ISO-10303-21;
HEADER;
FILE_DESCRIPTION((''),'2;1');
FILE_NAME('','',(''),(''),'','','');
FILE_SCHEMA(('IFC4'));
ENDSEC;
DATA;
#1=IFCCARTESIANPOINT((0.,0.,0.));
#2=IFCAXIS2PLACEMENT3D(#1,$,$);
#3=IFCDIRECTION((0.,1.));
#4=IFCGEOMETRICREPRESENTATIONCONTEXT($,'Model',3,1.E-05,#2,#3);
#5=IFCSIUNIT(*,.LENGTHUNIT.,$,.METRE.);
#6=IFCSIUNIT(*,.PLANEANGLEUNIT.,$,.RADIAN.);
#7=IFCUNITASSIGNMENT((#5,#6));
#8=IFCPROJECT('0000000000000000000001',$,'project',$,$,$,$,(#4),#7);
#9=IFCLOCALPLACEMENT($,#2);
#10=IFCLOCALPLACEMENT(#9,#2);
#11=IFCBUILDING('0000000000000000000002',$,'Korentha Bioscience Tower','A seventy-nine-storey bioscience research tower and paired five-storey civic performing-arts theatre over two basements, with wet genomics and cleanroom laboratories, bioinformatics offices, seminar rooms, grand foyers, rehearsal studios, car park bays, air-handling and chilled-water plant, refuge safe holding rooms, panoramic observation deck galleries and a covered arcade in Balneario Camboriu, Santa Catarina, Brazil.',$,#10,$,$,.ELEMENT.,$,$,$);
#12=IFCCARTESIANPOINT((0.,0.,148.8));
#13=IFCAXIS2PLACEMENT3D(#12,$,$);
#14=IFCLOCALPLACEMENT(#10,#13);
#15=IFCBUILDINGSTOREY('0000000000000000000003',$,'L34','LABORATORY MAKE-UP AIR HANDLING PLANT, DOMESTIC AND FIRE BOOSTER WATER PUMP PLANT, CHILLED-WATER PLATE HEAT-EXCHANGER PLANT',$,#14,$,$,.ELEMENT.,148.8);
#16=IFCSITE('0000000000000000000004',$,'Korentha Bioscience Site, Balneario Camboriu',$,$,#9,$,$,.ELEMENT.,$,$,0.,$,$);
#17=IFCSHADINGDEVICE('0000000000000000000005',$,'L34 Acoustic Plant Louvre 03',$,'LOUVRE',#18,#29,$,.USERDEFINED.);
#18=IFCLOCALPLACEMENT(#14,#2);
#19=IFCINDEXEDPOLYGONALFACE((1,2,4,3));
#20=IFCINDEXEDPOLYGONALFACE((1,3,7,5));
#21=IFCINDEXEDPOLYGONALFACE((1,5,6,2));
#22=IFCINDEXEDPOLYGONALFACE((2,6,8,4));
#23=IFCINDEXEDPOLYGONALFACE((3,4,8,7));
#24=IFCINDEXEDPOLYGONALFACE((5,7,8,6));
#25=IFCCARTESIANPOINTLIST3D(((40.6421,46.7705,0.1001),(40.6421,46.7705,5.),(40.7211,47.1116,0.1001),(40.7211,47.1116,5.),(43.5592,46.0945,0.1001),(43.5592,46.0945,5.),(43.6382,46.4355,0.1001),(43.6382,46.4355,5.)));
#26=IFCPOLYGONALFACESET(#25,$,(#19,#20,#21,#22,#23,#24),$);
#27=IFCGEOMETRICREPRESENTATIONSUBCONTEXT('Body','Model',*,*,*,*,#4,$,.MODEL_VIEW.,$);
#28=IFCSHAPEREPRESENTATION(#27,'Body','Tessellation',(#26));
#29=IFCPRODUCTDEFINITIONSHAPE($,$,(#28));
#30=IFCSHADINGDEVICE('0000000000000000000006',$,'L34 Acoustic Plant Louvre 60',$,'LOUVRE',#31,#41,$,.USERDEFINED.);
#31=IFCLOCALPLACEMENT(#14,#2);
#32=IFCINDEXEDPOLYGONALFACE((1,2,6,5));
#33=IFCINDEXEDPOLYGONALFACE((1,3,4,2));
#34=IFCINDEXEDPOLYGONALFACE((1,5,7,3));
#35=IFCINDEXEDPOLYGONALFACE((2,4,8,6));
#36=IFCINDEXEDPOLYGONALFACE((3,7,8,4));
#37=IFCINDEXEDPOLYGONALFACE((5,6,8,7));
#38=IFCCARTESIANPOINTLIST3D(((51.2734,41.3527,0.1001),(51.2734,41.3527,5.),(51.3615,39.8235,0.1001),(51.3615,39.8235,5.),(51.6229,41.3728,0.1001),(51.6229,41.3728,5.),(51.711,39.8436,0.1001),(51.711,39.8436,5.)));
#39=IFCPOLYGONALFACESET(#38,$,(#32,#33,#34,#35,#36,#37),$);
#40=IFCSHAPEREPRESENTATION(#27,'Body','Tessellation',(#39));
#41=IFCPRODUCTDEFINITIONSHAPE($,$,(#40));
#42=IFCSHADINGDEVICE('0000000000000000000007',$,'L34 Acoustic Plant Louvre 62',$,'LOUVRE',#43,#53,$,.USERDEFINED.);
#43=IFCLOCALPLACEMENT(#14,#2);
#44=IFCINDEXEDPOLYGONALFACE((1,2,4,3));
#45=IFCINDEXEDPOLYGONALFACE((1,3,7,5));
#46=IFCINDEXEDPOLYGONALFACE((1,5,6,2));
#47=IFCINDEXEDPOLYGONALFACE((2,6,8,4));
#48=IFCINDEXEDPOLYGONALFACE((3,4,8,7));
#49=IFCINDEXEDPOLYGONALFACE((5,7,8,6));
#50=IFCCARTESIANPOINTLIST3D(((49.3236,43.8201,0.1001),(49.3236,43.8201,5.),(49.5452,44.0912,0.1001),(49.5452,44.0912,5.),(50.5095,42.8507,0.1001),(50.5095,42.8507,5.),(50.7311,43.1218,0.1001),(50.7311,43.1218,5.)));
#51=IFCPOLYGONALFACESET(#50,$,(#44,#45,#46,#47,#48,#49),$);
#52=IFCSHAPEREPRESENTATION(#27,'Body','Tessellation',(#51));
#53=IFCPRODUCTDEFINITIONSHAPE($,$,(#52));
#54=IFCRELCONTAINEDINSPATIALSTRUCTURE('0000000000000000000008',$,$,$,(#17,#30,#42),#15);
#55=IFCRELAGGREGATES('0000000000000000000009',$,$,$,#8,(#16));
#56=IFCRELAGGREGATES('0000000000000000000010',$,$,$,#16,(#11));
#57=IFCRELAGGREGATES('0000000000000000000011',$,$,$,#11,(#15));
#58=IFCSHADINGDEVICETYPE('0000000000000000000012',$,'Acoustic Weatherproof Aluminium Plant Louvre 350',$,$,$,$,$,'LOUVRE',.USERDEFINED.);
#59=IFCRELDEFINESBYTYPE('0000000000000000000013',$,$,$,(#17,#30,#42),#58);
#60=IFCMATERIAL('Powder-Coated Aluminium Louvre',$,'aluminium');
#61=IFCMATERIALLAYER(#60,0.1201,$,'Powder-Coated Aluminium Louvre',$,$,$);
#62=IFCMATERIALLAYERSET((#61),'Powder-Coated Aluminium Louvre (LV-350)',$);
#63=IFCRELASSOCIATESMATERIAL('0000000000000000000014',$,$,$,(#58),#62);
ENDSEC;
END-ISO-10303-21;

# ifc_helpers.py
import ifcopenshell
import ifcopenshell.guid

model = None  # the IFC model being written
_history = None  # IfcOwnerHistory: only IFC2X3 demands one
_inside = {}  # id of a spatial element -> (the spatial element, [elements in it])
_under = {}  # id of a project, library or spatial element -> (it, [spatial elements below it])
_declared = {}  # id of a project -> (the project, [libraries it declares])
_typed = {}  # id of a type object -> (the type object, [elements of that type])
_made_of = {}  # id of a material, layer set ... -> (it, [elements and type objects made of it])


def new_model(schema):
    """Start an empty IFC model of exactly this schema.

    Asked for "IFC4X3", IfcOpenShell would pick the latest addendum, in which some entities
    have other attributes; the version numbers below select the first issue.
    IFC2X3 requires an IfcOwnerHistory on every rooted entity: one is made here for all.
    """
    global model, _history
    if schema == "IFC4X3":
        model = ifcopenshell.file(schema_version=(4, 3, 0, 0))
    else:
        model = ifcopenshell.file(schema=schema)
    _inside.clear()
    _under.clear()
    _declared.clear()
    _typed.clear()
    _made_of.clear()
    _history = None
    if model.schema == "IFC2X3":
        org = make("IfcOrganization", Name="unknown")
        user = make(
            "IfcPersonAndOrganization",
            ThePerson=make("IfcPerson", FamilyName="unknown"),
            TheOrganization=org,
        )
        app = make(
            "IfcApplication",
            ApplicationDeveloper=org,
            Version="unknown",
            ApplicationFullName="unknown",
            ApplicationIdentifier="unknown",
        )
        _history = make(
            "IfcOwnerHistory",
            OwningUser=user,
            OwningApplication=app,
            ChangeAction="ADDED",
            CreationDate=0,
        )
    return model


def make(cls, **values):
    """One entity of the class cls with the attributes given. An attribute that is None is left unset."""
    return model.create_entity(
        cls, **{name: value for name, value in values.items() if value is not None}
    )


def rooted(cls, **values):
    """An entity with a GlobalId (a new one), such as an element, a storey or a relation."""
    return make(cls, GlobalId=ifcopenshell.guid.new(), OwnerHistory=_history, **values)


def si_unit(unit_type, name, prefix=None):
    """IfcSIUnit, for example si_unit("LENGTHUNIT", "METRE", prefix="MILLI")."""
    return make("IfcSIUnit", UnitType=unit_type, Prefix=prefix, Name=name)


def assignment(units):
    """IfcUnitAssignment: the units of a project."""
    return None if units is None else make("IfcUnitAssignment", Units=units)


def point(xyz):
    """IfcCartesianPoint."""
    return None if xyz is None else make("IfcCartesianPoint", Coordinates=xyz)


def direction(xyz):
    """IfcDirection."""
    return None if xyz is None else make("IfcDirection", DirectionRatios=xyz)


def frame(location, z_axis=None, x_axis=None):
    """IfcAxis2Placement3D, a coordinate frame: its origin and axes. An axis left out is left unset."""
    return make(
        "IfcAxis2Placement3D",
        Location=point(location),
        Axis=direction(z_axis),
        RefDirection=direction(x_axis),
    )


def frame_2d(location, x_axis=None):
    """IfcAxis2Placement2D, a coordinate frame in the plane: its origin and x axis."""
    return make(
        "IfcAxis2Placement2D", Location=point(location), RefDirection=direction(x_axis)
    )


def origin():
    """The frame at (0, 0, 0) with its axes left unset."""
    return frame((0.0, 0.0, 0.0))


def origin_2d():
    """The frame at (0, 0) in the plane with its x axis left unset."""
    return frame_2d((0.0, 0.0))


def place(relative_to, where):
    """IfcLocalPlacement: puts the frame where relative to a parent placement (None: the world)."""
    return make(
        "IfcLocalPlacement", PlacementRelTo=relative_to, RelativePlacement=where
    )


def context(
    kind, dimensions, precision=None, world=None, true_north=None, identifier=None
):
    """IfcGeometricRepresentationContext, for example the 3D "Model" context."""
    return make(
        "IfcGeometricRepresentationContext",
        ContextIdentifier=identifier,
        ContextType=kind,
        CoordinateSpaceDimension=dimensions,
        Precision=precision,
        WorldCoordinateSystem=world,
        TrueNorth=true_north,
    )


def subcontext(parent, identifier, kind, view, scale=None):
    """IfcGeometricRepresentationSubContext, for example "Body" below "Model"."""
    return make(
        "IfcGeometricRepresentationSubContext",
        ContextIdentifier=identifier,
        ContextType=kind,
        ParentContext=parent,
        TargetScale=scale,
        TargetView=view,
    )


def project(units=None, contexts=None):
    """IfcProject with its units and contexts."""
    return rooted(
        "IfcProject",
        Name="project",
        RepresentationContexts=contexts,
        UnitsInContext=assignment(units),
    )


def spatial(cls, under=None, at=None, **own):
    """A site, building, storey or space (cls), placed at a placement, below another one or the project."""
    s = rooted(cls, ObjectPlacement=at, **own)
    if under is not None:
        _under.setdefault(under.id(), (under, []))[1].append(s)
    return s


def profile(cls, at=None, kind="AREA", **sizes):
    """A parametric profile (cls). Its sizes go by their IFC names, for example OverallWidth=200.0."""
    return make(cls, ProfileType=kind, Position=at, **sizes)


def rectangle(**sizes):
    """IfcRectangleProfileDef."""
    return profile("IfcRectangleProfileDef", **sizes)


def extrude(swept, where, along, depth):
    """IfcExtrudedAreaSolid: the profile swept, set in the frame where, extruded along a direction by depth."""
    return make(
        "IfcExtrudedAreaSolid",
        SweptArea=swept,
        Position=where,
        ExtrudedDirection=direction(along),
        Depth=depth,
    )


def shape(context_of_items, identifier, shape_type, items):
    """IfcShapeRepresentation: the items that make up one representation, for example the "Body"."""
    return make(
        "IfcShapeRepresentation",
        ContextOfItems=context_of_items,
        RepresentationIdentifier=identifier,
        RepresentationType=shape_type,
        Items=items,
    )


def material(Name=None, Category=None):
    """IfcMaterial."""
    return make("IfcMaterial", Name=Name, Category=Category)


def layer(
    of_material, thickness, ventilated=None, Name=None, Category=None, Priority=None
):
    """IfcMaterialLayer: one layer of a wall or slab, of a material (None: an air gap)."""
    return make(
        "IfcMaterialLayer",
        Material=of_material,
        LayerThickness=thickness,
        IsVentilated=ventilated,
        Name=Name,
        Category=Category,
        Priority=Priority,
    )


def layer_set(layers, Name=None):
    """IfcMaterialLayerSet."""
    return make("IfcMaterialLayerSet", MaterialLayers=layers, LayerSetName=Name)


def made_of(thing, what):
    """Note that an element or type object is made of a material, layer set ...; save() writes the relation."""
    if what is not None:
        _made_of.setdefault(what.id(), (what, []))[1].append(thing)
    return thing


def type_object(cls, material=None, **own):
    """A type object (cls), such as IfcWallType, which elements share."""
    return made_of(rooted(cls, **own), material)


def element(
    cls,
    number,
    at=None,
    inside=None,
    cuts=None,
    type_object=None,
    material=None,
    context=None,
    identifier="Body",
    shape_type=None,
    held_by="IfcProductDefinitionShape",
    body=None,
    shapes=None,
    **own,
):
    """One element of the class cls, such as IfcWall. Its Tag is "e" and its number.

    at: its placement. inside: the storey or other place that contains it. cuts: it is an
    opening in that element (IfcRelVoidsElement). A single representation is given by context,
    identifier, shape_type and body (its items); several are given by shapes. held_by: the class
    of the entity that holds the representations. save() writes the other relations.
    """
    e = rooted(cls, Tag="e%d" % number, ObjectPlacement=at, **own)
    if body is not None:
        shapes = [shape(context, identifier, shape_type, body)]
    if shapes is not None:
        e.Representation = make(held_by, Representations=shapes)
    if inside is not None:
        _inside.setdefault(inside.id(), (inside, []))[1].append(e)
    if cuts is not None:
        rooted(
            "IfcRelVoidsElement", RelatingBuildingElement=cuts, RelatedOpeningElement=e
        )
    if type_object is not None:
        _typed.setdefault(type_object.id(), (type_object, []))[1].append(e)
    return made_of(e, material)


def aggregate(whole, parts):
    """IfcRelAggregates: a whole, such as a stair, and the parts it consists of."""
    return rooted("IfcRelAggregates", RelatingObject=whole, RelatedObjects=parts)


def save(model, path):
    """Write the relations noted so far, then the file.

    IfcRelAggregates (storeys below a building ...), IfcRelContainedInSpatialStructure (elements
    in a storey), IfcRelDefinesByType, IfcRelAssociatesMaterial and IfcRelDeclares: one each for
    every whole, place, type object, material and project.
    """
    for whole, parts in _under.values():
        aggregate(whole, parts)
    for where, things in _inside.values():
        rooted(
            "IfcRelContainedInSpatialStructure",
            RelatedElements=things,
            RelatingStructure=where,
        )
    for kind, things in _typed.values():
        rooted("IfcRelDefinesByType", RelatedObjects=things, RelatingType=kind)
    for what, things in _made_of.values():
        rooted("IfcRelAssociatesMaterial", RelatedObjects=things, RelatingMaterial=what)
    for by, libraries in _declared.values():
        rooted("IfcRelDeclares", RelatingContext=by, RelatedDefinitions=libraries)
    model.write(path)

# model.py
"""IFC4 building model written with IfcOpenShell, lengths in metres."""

from ifc_helpers import new_model, si_unit, direction, frame, origin, origin_2d, place, context, subcontext, project, spatial, rectangle, extrude, material, layer, layer_set, type_object, element, save


model = new_model("IFC4")

# Units and contexts
model_context = context("Model", 3, precision=1e-05, world=origin(), true_north=direction((0.0, 1.0)))
body_context = subcontext(model_context, "Body", "Model", "MODEL_VIEW")
ifc_project = project(units=[si_unit("LENGTHUNIT", "METRE"), si_unit("PLANEANGLEUNIT", "RADIAN")], contexts=[model_context])

# Site, building, storey
site_placement = place(None, origin())
site = spatial("IfcSite", under=ifc_project, at=site_placement, Name="Korentha Bioscience Site, Balneario Camboriu", CompositionType="ELEMENT", RefElevation=0.0)
building_placement = place(site_placement, origin())
building = spatial("IfcBuilding", under=site, at=building_placement, Name="Korentha Bioscience Tower", Description="A seventy-nine-storey bioscience research tower and paired five-storey civic performing-arts theatre over two basements, with wet genomics and cleanroom laboratories, bioinformatics offices, seminar rooms, grand foyers, rehearsal studios, car park bays, air-handling and chilled-water plant, refuge safe holding rooms, panoramic observation deck galleries and a covered arcade in Balneario Camboriu, Santa Catarina, Brazil.", CompositionType="ELEMENT")
storey_placement = place(building_placement, frame((0.0, 0.0, 148.8)))
storey = spatial("IfcBuildingStorey", under=building, at=storey_placement, Name="L34", Description="LABORATORY MAKE-UP AIR HANDLING PLANT, DOMESTIC AND FIRE BOOSTER WATER PUMP PLANT, CHILLED-WATER PLATE HEAT-EXCHANGER PLANT", CompositionType="ELEMENT", Elevation=148.8)

# Shading devices
ifc_material_1 = material(Name="Powder-Coated Aluminium Louvre", Category="aluminium")
ifc_layer_1 = layer(ifc_material_1, 0.1201, Name="Powder-Coated Aluminium Louvre")
ifc_layer_set_1 = layer_set([ifc_layer_1], Name="Powder-Coated Aluminium Louvre (LV-350)")
shading_device_type = type_object("IfcShadingDeviceType", Name="Acoustic Weatherproof Aluminium Plant Louvre 350", ElementType="LOUVRE", PredefinedType="USERDEFINED", material=ifc_layer_set_1)
shading_device_1_placement = place(storey_placement, frame((42.1401, 46.603, 0.1001), z_axis=(0.0, 0.0, 1.0), x_axis=(-0.974181, 0.225769, 0.0)))
element("IfcShadingDevice", 1, at=shading_device_1_placement, inside=storey, type_object=shading_device_type, Name="L34 Acoustic Plant Louvre 03", ObjectType="LOUVRE", PredefinedType="USERDEFINED", context=body_context, shape_type="SweptSolid", body=[
    extrude(rectangle(XDim=2.9944, YDim=0.3501, at=origin_2d()), origin(), (0.0, 0.0, 1.0), 4.8999),
])
for number, where, z_axis, x_axis, name in (
    (2, (51.4922, 40.5981, 0.1001), (0.0, 0.0, 1.0), (-0.057513, 0.998345, 0.0), "L34 Acoustic Plant Louvre 60"),
    (3, (50.0273, 43.4709, 0.1001), (0.0, 0.0, 1.0), (-0.774234, 0.6329, 0.0), "L34 Acoustic Plant Louvre 62"),
):
    element("IfcShadingDevice", number, at=place(storey_placement, frame(where, z_axis=z_axis, x_axis=x_axis)), inside=storey, type_object=shading_device_type, Name=name, ObjectType="LOUVRE", PredefinedType="USERDEFINED", context=body_context, shape_type="SweptSolid", body=[
        extrude(rectangle(XDim=1.5317, YDim=0.3501, at=origin_2d()), origin(), (0.0, 0.0, 1.0), 4.8999),
    ])

save(model, "model.ifc")
